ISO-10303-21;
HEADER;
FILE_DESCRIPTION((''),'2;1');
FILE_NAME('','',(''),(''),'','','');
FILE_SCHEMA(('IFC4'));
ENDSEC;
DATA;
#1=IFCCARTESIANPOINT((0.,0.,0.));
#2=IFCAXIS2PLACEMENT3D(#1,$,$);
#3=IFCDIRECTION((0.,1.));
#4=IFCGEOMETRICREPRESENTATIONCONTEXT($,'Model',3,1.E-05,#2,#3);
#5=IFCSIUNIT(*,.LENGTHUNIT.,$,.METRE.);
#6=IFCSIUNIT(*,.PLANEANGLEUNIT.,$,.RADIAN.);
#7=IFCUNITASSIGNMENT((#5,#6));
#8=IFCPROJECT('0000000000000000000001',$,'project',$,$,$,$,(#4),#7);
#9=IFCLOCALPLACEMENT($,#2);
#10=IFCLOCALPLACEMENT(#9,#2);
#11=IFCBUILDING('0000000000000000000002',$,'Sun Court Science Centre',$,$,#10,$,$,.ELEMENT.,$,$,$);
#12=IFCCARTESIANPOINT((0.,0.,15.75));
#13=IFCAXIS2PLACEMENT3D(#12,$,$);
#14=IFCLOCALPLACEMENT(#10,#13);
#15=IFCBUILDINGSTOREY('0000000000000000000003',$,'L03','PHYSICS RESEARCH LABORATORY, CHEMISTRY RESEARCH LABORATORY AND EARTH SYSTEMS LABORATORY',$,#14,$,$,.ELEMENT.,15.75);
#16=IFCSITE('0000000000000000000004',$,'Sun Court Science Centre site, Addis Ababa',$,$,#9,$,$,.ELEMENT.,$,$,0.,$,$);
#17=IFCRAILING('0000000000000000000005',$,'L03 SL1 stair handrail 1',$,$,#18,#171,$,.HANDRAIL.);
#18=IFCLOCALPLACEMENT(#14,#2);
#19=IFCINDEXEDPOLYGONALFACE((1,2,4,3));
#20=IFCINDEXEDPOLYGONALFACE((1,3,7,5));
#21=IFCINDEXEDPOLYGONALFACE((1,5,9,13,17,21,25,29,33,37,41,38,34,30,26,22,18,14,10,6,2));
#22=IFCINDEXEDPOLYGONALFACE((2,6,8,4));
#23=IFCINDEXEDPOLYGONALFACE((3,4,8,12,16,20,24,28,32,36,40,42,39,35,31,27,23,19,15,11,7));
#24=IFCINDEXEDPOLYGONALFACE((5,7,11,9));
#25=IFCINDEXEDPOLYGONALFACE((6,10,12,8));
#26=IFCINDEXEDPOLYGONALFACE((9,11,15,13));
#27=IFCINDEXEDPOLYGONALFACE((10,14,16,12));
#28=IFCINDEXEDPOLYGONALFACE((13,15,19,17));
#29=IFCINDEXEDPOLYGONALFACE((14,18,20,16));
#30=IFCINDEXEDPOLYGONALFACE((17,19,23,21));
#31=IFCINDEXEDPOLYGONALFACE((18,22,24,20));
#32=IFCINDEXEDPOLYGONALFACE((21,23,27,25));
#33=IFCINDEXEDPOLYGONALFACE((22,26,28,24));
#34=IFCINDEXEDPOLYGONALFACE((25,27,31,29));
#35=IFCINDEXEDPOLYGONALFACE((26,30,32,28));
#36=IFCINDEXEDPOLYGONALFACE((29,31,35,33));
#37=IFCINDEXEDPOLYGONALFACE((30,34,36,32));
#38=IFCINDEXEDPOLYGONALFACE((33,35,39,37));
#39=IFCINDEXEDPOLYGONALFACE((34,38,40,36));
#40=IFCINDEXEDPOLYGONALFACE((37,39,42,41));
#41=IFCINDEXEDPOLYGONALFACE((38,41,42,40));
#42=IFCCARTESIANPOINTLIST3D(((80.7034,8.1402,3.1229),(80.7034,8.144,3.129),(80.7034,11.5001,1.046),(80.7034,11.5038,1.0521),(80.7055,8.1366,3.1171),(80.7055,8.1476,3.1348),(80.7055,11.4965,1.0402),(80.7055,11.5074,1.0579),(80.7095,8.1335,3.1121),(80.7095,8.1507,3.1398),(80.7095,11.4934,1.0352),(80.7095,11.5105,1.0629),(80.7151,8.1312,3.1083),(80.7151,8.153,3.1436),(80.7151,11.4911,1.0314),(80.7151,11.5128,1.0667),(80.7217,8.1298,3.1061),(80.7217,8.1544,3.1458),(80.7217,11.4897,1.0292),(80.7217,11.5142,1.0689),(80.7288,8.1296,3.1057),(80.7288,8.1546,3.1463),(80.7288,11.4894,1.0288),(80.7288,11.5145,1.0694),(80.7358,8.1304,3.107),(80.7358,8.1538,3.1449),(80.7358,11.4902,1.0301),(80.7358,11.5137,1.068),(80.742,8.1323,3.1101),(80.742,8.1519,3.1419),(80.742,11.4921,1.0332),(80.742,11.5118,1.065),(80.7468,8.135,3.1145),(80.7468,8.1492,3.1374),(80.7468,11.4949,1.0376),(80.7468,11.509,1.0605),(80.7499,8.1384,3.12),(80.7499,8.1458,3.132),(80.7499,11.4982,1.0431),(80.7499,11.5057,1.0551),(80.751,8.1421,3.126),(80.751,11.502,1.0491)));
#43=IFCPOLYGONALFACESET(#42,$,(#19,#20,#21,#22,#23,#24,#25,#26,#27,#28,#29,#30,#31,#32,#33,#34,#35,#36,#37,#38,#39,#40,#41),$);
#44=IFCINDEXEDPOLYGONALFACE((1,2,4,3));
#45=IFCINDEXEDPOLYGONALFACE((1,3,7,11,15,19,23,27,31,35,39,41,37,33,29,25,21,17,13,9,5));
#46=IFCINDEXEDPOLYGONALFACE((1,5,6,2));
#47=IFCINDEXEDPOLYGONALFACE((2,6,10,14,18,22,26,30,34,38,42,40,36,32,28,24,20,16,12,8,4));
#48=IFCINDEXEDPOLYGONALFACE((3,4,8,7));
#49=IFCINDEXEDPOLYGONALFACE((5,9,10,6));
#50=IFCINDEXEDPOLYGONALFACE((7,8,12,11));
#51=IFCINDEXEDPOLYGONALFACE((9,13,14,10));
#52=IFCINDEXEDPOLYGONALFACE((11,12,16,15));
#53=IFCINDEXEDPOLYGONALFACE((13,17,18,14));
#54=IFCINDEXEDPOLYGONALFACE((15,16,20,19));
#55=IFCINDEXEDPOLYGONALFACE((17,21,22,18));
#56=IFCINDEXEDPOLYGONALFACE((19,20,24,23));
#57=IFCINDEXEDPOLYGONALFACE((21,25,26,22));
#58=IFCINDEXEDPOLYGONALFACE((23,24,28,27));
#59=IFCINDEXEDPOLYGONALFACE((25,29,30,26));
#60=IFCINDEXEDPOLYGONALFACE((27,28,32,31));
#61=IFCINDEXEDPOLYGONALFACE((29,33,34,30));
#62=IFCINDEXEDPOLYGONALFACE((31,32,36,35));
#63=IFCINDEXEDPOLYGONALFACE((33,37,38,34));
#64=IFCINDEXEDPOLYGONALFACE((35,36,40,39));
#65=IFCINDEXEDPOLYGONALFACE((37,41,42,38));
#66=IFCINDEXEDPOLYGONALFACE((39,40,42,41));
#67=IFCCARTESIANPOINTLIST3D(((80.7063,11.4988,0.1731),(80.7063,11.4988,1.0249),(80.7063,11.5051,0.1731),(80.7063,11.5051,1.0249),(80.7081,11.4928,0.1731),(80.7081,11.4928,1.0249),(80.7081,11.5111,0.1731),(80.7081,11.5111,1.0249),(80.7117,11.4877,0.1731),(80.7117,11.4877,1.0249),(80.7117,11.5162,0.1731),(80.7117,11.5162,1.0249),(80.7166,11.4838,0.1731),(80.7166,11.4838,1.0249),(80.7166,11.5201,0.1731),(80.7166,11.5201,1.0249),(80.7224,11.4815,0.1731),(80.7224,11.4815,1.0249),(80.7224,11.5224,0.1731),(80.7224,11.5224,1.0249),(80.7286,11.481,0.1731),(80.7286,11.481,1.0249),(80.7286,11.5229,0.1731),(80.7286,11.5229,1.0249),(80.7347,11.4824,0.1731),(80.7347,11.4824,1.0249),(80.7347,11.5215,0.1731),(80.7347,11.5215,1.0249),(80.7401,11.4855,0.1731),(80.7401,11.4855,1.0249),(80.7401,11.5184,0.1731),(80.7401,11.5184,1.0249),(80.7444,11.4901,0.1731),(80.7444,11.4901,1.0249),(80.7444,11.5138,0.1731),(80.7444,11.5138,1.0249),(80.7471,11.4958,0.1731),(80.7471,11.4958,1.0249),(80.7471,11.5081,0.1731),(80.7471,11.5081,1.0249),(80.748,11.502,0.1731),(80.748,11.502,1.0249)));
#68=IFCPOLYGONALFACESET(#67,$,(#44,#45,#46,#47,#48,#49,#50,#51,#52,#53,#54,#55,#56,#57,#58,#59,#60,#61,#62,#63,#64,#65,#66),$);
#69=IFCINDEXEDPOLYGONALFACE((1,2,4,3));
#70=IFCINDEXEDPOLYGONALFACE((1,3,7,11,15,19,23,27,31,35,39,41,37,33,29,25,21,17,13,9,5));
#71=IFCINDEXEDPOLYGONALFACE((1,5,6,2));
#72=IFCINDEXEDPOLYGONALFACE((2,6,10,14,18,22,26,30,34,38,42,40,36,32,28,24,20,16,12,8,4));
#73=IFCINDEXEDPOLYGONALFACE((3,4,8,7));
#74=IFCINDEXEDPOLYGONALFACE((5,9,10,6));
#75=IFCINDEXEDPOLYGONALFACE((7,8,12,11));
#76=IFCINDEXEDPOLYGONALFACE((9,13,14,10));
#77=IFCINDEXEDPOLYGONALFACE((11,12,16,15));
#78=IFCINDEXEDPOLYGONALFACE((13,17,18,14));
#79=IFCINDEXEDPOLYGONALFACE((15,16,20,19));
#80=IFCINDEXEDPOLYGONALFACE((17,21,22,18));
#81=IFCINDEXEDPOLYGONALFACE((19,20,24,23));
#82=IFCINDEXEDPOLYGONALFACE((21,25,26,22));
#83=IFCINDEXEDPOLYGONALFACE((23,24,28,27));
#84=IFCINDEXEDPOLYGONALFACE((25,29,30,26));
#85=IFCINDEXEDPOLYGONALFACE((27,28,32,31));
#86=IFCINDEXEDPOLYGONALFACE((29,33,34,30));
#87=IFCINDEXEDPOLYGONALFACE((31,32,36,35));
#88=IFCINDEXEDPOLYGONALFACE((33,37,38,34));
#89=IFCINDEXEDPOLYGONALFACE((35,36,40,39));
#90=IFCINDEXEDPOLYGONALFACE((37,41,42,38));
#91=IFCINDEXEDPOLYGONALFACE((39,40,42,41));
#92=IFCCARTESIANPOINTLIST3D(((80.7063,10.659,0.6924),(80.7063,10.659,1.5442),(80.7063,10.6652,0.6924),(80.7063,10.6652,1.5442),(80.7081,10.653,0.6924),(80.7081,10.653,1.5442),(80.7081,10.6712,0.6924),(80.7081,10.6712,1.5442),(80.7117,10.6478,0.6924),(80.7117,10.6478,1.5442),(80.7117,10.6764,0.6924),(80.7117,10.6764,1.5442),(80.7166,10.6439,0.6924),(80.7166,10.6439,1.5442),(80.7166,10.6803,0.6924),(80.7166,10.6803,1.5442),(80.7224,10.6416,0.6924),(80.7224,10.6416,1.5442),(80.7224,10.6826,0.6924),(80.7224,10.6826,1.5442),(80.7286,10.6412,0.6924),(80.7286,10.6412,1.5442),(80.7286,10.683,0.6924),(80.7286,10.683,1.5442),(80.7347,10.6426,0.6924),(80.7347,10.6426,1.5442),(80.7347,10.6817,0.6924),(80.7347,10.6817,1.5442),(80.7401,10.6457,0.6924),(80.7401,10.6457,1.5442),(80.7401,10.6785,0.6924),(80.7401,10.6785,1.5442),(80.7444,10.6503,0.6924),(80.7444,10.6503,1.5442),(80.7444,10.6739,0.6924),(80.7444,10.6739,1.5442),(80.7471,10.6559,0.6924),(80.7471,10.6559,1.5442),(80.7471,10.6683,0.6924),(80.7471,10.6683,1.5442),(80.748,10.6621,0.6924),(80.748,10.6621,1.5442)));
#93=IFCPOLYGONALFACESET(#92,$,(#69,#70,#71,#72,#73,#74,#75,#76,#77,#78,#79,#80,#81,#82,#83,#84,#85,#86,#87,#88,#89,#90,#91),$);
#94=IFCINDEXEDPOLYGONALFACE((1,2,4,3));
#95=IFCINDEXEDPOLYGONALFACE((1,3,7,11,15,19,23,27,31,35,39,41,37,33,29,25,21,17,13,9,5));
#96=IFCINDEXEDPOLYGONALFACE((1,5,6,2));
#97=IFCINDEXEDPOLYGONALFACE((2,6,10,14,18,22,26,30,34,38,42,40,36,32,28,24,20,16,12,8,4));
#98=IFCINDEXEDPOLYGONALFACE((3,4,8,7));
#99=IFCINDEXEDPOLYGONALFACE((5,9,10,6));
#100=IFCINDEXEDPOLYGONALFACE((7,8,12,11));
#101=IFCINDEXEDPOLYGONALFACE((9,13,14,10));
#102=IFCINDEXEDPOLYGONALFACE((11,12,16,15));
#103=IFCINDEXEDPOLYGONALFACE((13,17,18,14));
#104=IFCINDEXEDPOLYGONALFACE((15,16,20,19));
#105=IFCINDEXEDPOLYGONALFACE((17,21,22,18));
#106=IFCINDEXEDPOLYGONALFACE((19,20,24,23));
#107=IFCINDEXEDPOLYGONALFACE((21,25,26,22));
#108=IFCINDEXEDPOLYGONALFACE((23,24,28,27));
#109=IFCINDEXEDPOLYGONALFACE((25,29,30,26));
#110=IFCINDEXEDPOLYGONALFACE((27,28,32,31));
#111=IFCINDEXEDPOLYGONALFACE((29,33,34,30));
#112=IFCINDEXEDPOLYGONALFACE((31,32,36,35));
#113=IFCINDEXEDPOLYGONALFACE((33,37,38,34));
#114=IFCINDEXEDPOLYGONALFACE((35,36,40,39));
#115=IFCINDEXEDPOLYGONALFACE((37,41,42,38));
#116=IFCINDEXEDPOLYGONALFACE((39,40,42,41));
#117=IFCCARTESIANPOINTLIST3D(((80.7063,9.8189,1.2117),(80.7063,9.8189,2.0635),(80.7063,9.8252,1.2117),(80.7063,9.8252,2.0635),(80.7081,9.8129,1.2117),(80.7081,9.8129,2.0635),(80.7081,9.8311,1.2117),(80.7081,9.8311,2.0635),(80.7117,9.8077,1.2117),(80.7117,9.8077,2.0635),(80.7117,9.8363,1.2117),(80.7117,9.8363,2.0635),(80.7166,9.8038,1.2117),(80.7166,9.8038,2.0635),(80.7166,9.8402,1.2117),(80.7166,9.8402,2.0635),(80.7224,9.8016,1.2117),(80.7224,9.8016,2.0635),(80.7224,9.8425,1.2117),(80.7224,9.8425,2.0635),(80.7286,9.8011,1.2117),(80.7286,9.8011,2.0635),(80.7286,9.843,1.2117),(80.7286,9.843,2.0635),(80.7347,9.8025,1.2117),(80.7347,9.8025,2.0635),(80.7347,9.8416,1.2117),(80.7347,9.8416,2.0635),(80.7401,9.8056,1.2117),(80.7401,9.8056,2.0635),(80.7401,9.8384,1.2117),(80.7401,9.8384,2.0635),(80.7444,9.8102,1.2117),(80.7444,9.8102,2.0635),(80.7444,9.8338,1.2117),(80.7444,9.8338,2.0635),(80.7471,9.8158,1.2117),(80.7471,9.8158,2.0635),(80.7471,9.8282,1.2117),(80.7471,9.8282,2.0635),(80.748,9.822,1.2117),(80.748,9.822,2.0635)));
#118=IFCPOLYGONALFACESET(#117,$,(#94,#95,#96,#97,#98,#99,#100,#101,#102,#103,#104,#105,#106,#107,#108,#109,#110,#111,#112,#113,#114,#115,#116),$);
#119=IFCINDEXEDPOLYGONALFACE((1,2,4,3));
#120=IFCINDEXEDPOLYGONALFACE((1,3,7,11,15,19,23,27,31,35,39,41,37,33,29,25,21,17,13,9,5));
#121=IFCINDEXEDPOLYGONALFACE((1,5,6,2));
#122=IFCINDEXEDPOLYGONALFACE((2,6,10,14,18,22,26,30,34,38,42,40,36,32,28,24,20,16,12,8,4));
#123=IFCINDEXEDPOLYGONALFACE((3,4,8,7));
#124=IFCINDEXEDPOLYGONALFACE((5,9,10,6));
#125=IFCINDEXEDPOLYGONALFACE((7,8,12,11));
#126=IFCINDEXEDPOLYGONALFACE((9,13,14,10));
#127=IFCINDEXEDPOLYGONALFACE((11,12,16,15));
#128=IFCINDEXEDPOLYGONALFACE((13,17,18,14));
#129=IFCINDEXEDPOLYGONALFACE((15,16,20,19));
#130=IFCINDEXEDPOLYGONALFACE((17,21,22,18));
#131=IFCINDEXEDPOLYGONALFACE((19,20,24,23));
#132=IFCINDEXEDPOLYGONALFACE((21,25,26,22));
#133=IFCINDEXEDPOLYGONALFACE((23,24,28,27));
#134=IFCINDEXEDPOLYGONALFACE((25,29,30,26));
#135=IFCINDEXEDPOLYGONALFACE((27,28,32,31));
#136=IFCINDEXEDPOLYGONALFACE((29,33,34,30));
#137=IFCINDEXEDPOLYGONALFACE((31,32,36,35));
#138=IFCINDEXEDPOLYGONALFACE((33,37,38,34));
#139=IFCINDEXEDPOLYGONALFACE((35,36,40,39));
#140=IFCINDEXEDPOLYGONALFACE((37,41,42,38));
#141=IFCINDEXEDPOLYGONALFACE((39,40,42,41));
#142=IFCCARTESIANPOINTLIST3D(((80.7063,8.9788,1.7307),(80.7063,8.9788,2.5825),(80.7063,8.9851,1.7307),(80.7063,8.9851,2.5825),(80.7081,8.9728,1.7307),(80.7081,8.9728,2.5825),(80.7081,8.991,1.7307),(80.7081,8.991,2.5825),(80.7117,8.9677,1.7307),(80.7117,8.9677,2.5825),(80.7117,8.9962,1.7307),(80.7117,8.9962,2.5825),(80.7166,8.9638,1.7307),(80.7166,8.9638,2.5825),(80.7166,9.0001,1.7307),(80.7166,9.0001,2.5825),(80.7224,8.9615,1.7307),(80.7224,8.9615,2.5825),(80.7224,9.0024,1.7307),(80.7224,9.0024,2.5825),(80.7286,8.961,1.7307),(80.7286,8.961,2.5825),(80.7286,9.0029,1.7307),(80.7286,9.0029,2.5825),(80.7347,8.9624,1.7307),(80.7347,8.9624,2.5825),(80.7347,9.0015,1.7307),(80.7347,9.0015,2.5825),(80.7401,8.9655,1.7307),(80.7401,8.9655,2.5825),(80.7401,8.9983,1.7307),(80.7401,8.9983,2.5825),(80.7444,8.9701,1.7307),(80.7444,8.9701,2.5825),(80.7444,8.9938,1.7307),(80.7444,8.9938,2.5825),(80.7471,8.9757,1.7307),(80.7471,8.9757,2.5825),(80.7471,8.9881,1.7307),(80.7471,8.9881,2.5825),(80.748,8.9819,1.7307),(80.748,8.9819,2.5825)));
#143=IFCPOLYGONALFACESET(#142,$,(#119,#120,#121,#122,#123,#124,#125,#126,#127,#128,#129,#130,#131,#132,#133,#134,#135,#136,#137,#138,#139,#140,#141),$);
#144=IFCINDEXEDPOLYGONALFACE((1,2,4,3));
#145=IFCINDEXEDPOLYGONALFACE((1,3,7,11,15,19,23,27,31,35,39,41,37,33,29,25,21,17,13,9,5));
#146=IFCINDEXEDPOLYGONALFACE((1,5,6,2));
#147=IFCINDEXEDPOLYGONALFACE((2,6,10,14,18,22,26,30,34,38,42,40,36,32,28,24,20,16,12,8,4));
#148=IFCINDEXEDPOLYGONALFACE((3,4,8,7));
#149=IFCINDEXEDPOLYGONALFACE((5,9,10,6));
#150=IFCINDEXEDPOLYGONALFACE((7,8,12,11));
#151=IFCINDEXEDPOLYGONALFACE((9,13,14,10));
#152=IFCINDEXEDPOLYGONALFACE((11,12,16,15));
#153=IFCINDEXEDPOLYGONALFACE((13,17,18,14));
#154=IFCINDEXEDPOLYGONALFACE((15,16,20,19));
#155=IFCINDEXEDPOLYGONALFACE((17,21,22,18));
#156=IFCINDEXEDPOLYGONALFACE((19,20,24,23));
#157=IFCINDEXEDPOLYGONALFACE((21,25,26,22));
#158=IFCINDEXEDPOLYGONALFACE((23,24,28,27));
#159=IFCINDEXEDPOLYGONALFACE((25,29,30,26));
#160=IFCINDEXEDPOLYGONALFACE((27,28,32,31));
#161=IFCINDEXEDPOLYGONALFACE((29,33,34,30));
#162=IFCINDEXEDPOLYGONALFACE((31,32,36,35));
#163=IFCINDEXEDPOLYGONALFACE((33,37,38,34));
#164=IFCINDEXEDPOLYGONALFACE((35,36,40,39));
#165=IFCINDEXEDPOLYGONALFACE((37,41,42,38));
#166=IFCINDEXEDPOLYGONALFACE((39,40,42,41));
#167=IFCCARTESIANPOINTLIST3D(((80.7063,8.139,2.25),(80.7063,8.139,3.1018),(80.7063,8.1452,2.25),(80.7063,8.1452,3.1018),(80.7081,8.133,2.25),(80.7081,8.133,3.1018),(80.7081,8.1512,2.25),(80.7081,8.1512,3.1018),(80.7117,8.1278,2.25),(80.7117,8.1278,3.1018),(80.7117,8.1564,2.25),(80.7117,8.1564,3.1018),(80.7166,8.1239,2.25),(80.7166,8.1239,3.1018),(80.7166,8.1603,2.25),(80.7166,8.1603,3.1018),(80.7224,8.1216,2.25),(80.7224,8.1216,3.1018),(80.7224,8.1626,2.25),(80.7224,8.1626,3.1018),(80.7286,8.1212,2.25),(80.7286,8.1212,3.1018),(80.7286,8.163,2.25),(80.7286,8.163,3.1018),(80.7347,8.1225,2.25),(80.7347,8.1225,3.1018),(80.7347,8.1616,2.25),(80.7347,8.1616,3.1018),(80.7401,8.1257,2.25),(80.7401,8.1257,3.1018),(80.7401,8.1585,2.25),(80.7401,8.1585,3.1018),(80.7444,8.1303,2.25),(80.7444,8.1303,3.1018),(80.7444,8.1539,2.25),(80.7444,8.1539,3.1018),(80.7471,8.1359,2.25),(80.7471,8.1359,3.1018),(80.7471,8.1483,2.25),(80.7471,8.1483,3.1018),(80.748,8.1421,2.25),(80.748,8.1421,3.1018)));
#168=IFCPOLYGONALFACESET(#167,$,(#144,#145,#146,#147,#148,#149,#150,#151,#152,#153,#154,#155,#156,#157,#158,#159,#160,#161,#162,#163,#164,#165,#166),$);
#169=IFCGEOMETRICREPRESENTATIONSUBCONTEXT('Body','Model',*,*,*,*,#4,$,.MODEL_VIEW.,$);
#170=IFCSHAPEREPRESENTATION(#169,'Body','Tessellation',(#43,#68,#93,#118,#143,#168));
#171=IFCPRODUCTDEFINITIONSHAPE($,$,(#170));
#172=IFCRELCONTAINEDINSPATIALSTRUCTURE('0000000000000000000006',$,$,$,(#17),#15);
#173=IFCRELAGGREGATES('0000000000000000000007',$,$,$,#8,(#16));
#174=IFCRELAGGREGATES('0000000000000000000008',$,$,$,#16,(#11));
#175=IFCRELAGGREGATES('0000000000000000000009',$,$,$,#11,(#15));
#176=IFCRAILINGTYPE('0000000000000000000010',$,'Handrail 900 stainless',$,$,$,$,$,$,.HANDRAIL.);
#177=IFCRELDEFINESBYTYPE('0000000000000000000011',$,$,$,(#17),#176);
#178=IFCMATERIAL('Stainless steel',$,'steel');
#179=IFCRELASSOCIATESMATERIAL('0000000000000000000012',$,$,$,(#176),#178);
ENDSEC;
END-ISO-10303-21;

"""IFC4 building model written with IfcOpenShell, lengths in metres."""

from ifc_helpers import new_model, si_unit, direction, frame, origin, origin_2d, place, context, subcontext, project, spatial, circle, extrude, material, type_object, element, save


model = new_model("IFC4")

# Units and contexts
model_context = context("Model", 3, precision=1e-05, world=origin(), true_north=direction((0.0, 1.0)))
body_context = subcontext(model_context, "Body", "Model", "MODEL_VIEW")
ifc_project = project(units=[si_unit("LENGTHUNIT", "METRE"), si_unit("PLANEANGLEUNIT", "RADIAN")], contexts=[model_context])

# Site, building, storey
site_placement = place(None, origin())
site = spatial("IfcSite", under=ifc_project, at=site_placement, Name="Sun Court Science Centre site, Addis Ababa", CompositionType="ELEMENT", RefElevation=0.0)
building_placement = place(site_placement, origin())
building = spatial("IfcBuilding", under=site, at=building_placement, Name="Sun Court Science Centre", CompositionType="ELEMENT")
storey_placement = place(building_placement, frame((0.0, 0.0, 15.75)))
storey = spatial("IfcBuildingStorey", under=building, at=storey_placement, Name="L03", Description="PHYSICS RESEARCH LABORATORY, CHEMISTRY RESEARCH LABORATORY AND EARTH SYSTEMS LABORATORY", CompositionType="ELEMENT", Elevation=15.75)

# Railing
ifc_material_1 = material(Name="Stainless steel", Category="steel")
railing_type_1 = type_object("IfcRailingType", Name="Handrail 900 stainless", PredefinedType="HANDRAIL", material=ifc_material_1)
railing_1_placement = place(storey_placement, frame((80.7271, 11.502, 0.1731)))
element("IfcRailing", 1, at=railing_1_placement, inside=storey, type_object=railing_type_1, Name="L03 SL1 stair handrail 1", PredefinedType="HANDRAIL", context=body_context, shape_type="SweptSolid", body=[
    extrude(circle(Radius=0.0239, at=origin_2d()), frame((0.0, 0.0, 0.876), z_axis=(0.0, -0.850606, 0.525803), x_axis=(1.0, 0.0, 0.0)), (0.0, 0.0, 1.0), 3.95),
    extrude(circle(Radius=0.021, at=origin_2d()), origin(), (0.0, 0.0, 1.0), 0.8518),
    extrude(circle(Radius=0.021, at=origin_2d()), frame((0.0, -0.8398, 0.5193)), (0.0, 0.0, 1.0), 0.8518),
    extrude(circle(Radius=0.021, at=origin_2d()), frame((0.0, -1.6799, 1.0386)), (0.0, 0.0, 1.0), 0.8518),
    extrude(circle(Radius=0.021, at=origin_2d()), frame((0.0, -2.52, 1.5576)), (0.0, 0.0, 1.0), 0.8518),
    extrude(circle(Radius=0.021, at=origin_2d()), frame((0.0, -3.3599, 2.0769)), (0.0, 0.0, 1.0), 0.8518),
])

save(model, "model.ifc")
